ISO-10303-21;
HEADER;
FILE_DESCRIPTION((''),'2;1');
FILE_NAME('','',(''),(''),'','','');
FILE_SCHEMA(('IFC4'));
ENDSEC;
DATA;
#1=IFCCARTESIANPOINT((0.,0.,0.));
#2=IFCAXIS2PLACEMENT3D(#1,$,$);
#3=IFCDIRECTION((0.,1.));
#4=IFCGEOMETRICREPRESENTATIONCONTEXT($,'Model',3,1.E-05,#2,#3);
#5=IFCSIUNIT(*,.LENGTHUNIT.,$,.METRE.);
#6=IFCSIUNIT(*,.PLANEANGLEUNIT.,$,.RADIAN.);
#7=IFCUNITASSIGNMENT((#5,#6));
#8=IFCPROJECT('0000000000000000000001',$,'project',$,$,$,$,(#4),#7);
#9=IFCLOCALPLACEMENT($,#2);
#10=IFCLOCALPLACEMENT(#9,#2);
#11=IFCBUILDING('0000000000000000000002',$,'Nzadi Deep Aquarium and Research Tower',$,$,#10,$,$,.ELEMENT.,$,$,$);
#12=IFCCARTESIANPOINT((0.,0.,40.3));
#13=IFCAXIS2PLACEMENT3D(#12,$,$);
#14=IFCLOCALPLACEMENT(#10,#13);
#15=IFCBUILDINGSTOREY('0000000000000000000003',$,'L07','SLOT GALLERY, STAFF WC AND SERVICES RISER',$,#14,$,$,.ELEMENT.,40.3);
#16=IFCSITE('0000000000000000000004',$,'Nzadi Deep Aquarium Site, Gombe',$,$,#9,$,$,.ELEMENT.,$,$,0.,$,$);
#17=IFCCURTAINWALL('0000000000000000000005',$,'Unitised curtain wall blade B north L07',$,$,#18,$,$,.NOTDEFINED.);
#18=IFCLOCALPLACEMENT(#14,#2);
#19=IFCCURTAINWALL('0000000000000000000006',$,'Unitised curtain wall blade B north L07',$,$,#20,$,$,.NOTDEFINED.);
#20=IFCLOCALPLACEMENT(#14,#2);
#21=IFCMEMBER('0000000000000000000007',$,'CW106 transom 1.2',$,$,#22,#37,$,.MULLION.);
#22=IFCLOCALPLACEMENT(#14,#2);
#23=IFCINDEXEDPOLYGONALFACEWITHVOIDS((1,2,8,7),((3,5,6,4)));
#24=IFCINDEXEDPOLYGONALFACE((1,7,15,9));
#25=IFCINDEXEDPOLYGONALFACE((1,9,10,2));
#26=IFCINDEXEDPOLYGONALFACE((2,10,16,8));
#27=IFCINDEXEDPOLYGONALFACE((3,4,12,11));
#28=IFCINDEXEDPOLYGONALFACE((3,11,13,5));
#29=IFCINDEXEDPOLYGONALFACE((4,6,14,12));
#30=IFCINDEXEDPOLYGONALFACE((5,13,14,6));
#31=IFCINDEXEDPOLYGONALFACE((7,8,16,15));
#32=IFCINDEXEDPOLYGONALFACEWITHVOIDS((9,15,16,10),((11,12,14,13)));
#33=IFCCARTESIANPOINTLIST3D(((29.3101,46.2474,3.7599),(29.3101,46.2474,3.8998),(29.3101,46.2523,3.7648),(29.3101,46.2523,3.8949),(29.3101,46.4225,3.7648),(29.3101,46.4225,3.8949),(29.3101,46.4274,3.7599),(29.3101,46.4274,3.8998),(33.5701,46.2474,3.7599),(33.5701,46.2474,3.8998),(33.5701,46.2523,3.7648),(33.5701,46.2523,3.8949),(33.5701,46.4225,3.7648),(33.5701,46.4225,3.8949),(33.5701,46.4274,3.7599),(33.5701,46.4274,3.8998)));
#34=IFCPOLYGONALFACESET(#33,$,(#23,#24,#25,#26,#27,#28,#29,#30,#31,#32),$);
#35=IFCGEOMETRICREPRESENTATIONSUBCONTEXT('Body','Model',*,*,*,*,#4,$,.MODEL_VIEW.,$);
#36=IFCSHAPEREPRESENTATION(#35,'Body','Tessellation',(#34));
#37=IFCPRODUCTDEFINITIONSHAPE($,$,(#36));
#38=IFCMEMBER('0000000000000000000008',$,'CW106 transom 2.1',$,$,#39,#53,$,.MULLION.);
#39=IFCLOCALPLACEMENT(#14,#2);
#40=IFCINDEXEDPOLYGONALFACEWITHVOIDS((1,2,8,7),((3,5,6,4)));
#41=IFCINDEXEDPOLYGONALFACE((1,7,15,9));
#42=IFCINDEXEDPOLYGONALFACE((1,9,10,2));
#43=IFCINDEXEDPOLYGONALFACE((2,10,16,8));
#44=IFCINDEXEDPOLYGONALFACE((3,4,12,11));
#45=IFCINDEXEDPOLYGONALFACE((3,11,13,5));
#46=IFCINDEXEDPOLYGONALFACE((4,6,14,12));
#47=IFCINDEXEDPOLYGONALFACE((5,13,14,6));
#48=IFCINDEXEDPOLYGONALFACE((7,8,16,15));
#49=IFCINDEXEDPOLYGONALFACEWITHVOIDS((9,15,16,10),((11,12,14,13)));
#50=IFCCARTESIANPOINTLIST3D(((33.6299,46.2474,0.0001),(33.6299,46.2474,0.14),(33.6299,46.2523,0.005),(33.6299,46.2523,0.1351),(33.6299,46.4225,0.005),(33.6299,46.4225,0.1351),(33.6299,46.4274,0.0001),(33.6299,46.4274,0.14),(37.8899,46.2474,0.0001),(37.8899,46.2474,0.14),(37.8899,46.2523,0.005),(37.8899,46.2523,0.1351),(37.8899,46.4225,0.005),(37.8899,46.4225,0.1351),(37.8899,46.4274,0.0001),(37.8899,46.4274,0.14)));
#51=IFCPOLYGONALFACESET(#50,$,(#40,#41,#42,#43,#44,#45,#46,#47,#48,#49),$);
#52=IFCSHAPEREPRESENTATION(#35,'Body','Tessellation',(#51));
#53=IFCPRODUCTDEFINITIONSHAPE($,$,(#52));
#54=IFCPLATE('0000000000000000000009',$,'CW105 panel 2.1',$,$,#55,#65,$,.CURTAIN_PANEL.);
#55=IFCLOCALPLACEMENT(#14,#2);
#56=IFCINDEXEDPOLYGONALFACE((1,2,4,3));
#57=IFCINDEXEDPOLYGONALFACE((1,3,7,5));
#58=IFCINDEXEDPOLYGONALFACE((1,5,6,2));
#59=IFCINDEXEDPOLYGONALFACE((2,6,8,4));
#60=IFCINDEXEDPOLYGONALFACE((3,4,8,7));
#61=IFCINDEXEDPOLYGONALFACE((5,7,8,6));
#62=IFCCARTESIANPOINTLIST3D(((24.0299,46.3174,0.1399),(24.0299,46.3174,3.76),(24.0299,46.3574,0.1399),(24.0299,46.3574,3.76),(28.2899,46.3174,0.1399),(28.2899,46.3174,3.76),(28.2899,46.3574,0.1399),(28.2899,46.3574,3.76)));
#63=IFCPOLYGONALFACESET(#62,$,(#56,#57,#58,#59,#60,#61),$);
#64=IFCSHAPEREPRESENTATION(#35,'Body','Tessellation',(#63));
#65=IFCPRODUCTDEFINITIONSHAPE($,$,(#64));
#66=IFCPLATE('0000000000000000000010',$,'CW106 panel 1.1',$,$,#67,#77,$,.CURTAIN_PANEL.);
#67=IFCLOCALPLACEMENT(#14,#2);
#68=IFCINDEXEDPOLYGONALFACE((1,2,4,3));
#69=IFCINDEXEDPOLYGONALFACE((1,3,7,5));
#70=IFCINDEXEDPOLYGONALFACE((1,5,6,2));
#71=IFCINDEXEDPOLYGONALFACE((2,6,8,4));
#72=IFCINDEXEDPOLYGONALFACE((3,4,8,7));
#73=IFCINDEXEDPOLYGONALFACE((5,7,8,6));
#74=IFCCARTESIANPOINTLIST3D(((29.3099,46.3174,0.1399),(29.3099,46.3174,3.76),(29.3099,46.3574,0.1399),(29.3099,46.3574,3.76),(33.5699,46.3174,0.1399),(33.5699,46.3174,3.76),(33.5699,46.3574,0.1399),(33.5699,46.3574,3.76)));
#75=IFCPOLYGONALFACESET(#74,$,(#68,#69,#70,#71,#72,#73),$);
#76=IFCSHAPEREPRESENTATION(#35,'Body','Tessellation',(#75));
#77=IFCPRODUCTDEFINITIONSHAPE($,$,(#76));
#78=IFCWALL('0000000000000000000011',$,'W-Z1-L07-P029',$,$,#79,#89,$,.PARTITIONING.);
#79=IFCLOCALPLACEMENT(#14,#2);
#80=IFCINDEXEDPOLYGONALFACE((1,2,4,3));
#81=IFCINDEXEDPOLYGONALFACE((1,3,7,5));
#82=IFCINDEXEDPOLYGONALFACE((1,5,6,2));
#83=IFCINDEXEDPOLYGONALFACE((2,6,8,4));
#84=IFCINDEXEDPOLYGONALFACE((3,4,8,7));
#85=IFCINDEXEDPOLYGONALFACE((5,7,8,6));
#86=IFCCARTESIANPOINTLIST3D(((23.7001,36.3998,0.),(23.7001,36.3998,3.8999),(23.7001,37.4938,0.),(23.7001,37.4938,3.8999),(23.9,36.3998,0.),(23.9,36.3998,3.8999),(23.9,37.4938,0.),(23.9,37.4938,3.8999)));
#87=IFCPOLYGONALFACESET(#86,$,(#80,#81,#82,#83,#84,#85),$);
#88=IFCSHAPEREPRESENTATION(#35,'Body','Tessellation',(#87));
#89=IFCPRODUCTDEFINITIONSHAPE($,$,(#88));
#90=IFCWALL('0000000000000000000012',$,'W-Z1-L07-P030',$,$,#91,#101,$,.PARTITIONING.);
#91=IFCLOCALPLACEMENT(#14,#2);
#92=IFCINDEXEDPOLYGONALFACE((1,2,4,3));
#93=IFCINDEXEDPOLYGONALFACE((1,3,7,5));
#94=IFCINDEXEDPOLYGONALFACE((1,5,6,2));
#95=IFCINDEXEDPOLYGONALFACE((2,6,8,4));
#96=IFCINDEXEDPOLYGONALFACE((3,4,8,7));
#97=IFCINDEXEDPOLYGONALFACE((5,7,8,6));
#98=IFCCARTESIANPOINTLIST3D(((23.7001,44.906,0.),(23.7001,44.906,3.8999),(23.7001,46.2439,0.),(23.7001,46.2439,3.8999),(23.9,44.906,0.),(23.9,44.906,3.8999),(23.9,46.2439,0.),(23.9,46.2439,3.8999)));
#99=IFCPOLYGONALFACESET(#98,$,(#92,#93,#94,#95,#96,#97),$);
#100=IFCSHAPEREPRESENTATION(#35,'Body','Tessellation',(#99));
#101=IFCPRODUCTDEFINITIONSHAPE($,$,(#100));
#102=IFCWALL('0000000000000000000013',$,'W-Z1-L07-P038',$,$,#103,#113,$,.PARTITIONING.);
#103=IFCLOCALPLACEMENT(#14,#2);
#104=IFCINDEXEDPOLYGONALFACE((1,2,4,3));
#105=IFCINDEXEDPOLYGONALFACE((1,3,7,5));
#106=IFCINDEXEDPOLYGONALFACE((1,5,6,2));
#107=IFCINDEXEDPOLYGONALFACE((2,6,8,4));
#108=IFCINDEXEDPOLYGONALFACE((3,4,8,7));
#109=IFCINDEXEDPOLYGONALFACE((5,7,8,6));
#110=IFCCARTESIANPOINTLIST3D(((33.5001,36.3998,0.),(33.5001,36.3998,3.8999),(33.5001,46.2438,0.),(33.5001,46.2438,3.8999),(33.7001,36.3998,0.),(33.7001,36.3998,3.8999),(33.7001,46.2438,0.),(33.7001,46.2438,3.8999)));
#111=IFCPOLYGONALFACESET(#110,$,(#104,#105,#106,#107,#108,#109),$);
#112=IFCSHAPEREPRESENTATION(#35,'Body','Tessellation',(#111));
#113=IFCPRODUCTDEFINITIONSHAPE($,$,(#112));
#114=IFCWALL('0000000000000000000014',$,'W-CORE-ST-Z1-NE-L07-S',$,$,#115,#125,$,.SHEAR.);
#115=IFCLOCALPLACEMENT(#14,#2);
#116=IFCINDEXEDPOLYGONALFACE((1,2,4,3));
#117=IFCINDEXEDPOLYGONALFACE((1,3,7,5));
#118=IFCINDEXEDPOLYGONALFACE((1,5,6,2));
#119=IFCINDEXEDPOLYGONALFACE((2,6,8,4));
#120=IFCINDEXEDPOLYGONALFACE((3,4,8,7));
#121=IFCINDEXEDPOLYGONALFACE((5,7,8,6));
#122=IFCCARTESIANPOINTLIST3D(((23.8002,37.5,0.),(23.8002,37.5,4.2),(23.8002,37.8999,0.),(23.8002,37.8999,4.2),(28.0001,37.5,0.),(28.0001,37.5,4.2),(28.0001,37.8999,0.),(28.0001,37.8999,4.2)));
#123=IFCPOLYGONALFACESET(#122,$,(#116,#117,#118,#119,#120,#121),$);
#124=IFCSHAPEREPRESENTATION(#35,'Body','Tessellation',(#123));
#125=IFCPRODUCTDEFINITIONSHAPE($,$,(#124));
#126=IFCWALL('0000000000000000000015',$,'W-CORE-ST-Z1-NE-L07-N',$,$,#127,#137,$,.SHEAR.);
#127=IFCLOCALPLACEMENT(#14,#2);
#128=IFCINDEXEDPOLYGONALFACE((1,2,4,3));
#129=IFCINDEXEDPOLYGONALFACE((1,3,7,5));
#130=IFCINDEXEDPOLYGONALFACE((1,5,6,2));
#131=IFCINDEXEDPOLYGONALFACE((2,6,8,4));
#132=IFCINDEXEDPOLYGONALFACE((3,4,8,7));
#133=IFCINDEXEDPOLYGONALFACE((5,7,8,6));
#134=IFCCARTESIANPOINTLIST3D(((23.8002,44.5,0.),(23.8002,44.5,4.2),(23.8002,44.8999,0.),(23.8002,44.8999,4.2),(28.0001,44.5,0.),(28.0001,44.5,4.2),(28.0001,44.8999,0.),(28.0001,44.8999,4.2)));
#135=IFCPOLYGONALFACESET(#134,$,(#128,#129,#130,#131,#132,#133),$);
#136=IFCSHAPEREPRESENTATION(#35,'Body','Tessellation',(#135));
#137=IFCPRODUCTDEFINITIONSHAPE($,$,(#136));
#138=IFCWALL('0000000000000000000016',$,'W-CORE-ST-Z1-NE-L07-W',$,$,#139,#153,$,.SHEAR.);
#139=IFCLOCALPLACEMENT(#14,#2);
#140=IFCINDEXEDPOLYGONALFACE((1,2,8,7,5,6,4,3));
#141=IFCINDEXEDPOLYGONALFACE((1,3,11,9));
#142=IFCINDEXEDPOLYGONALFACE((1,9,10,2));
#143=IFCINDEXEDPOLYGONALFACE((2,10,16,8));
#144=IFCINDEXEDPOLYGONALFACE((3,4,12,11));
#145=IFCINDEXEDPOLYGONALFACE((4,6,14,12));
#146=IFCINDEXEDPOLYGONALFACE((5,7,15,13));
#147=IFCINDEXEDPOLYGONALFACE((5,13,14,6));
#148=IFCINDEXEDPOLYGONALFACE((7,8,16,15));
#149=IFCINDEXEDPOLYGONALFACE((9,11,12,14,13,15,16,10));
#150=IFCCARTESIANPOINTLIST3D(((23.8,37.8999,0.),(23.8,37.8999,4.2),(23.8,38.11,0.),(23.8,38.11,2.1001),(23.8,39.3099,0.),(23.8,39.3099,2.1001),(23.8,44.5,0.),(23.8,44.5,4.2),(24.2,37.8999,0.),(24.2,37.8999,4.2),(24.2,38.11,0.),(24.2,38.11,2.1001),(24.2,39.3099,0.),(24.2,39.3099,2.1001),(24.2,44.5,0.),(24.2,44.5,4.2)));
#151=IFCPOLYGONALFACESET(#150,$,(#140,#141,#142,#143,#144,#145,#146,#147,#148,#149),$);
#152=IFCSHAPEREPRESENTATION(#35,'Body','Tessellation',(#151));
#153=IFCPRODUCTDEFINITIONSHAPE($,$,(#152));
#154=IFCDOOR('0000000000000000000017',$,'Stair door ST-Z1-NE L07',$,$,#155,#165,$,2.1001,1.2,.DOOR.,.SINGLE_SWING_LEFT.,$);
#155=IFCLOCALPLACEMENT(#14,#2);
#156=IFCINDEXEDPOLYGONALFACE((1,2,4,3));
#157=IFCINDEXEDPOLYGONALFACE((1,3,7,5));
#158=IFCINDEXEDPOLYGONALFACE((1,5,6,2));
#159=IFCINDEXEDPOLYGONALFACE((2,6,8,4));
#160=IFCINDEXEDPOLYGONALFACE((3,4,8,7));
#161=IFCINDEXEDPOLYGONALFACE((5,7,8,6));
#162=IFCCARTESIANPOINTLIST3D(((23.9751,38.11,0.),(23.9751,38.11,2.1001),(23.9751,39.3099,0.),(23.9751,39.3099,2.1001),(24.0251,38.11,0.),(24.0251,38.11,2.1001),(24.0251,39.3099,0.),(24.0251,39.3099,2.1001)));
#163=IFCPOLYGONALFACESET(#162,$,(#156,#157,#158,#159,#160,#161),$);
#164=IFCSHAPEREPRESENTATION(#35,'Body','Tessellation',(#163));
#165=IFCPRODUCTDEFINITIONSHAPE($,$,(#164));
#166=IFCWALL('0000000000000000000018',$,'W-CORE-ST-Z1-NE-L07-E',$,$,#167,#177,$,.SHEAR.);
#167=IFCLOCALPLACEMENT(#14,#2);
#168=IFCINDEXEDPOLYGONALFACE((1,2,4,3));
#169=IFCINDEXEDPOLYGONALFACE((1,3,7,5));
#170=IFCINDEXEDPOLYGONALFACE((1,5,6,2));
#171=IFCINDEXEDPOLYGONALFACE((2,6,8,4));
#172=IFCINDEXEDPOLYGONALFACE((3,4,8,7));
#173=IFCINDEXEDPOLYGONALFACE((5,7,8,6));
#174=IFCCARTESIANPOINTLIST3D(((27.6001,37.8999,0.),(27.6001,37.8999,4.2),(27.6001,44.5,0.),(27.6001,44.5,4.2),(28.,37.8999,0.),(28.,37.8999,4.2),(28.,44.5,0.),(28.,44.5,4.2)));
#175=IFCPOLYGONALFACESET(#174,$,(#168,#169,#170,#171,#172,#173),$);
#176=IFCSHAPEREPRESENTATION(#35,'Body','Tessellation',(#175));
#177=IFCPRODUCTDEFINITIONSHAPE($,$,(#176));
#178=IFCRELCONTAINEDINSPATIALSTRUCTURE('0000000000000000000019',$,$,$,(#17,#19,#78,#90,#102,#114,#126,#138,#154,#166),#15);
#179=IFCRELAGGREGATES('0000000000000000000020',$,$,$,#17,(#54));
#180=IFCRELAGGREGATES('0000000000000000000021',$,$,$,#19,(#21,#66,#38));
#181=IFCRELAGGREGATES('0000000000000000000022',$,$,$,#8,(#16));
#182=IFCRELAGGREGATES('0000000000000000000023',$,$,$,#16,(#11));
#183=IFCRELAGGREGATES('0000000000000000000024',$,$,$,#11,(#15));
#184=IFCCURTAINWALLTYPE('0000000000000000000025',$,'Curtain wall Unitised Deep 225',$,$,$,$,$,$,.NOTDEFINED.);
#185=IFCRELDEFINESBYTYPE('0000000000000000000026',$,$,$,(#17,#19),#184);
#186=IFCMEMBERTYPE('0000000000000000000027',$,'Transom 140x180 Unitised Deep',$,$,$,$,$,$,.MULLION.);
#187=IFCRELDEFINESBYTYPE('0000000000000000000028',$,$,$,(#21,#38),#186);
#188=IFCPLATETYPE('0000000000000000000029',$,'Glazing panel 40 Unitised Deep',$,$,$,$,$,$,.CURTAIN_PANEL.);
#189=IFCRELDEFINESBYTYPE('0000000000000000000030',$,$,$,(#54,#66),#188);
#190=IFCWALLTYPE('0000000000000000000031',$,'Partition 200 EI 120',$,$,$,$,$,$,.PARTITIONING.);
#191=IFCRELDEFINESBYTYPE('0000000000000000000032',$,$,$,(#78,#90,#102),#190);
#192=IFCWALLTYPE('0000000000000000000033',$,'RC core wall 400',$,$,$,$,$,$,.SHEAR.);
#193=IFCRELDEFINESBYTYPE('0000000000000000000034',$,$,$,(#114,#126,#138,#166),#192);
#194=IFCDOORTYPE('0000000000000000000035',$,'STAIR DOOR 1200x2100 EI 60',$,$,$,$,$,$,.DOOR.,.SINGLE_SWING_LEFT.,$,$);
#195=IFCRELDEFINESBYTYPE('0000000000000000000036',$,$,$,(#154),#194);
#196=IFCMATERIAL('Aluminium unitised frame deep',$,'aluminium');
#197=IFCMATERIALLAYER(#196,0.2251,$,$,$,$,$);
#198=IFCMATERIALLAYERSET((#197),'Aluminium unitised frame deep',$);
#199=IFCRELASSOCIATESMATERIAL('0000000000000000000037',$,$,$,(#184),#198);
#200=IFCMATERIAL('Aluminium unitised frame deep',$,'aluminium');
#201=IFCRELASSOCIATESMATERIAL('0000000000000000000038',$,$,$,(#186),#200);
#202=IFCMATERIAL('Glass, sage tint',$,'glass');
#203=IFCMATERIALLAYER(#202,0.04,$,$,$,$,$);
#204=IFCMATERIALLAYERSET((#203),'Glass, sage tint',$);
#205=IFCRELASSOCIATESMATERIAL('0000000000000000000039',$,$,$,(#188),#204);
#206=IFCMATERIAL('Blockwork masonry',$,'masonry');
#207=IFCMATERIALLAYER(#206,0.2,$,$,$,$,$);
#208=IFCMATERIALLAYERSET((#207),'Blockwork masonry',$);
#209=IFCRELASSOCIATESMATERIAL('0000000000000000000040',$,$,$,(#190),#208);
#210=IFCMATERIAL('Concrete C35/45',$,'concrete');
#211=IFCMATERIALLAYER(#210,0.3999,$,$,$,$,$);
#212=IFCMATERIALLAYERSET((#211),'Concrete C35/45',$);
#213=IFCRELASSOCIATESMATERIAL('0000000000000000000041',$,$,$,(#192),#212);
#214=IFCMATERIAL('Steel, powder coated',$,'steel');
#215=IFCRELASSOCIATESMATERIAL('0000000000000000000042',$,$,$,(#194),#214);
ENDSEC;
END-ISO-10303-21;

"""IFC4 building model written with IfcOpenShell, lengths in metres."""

from ifc_helpers import new_model, si_unit, direction, frame, frame_2d, origin, origin_2d, place, context, subcontext, project, spatial, rectangle, hollow_rectangle, extrude, material, layer, layer_set, material_profile, profile_set, type_object, element, fill, aggregate, save


model = new_model("IFC4")

# Units and contexts
model_context = context("Model", 3, precision=1e-05, world=origin(), true_north=direction((0.0, 1.0)))
body_context = subcontext(model_context, "Body", "Model", "MODEL_VIEW")
ifc_project = project(units=[si_unit("LENGTHUNIT", "METRE"), si_unit("PLANEANGLEUNIT", "RADIAN")], contexts=[model_context])

# Site, building, storey
site_placement = place(None, origin())
site = spatial("IfcSite", under=ifc_project, at=site_placement, Name="Nzadi Deep Aquarium Site, Gombe", CompositionType="ELEMENT", RefElevation=0.0)
building_placement = place(site_placement, origin())
building = spatial("IfcBuilding", under=site, at=building_placement, Name="Nzadi Deep Aquarium and Research Tower", CompositionType="ELEMENT")
storey_placement = place(building_placement, frame((0.0, 0.0, 40.3)))
storey = spatial("IfcBuildingStorey", under=building, at=storey_placement, Name="L07", Description="SLOT GALLERY, STAFF WC AND SERVICES RISER", CompositionType="ELEMENT", Elevation=40.3)

# Curtain walls
ifc_material_1 = material(Name="Aluminium unitised frame deep", Category="aluminium")
ifc_layer_1 = layer(ifc_material_1, 0.2251)
ifc_layer_set_1 = layer_set([ifc_layer_1], Name="Aluminium unitised frame deep")
curtain_wall_type = type_object("IfcCurtainWallType", Name="Curtain wall Unitised Deep 225", PredefinedType="NOTDEFINED", material=ifc_layer_set_1)
curtain_wall_1_placement = place(storey_placement, origin())
curtain_wall_1 = element("IfcCurtainWall", 1, at=curtain_wall_1_placement, inside=storey, type_object=curtain_wall_type, Name="Unitised curtain wall blade B north L07", PredefinedType="NOTDEFINED")
curtain_wall_2_placement = place(storey_placement, origin())
curtain_wall_2 = element("IfcCurtainWall", 2, at=curtain_wall_2_placement, inside=storey, type_object=curtain_wall_type, Name="Unitised curtain wall blade B north L07", PredefinedType="NOTDEFINED")

# Members
ifc_material_2 = material(Name="Aluminium unitised frame deep", Category="aluminium")
ifc_material_profile_1 = material_profile(ifc_material_2, hollow_rectangle(XDim=0.1799, YDim=0.1399, WallThickness=0.0049, at=origin_2d()))
ifc_profile_set_1 = profile_set([ifc_material_profile_1], Name="Aluminium unitised frame deep")
member_type_1 = type_object("IfcMemberType", Name="Transom 140x180 Unitised Deep", PredefinedType="MULLION", material=ifc_profile_set_1)
member_1_placement = place(storey_placement, frame((29.3101, 46.3374, 3.8298), z_axis=(1.0, 0.0, 0.0), x_axis=(0.0, 1.0, 0.0)))
member_1 = element("IfcMember", 3, at=member_1_placement, type_object=member_type_1, Name="CW106 transom 1.2", PredefinedType="MULLION", context=body_context, shape_type="SweptSolid", body=[
    extrude(hollow_rectangle(XDim=0.1799, YDim=0.1399, WallThickness=0.0049, at=origin_2d()), origin(), (0.0, 0.0, 1.0), 4.26),
])
member_2_placement = place(storey_placement, frame((33.6299, 46.3374, 0.0701), z_axis=(1.0, 0.0, 0.0), x_axis=(0.0, 1.0, 0.0)))
member_2 = element("IfcMember", 4, at=member_2_placement, type_object=member_type_1, Name="CW106 transom 2.1", PredefinedType="MULLION", context=body_context, shape_type="SweptSolid", body=[
    extrude(hollow_rectangle(XDim=0.1799, YDim=0.1399, WallThickness=0.0049, at=origin_2d()), origin(), (0.0, 0.0, 1.0), 4.26),
])

# Plates
ifc_material_3 = material(Name="Glass, sage tint", Category="glass")
ifc_layer_2 = layer(ifc_material_3, 0.04)
ifc_layer_set_2 = layer_set([ifc_layer_2], Name="Glass, sage tint")
plate_type = type_object("IfcPlateType", Name="Glazing panel 40 Unitised Deep", PredefinedType="CURTAIN_PANEL", material=ifc_layer_set_2)
plate_1_placement = place(storey_placement, frame((26.1599, 46.3374, 0.1399), z_axis=(0.0, 0.0, 1.0), x_axis=(1.0, 0.0, 0.0)))
plate_1 = element("IfcPlate", 5, at=plate_1_placement, type_object=plate_type, Name="CW105 panel 2.1", PredefinedType="CURTAIN_PANEL", context=body_context, shape_type="SweptSolid", body=[
    extrude(rectangle(XDim=4.26, YDim=0.04, at=origin_2d()), origin(), (0.0, 0.0, 1.0), 3.6201),
])
aggregate(curtain_wall_1, [plate_1])
plate_2_placement = place(storey_placement, frame((31.4399, 46.3374, 0.1399), z_axis=(0.0, 0.0, 1.0), x_axis=(1.0, 0.0, 0.0)))
plate_2 = element("IfcPlate", 6, at=plate_2_placement, type_object=plate_type, Name="CW106 panel 1.1", PredefinedType="CURTAIN_PANEL", context=body_context, shape_type="SweptSolid", body=[
    extrude(rectangle(XDim=4.26, YDim=0.04, at=origin_2d()), origin(), (0.0, 0.0, 1.0), 3.6201),
])
aggregate(curtain_wall_2, [member_1, plate_2, member_2])

# Walls
ifc_material_4 = material(Name="Blockwork masonry", Category="masonry")
ifc_layer_3 = layer(ifc_material_4, 0.2)
ifc_layer_set_3 = layer_set([ifc_layer_3], Name="Blockwork masonry")
wall_type_1 = type_object("IfcWallType", Name="Partition 200 EI 120", PredefinedType="PARTITIONING", material=ifc_layer_set_3)
wall_1_placement = place(storey_placement, frame((23.8, 36.3999, 0.0), z_axis=(0.0, 0.0, 1.0), x_axis=(0.0, 1.0, 0.0)))
element("IfcWall", 7, at=wall_1_placement, inside=storey, type_object=wall_type_1, Name="W-Z1-L07-P029", PredefinedType="PARTITIONING", context=body_context, shape_type="SweptSolid", body=[
    extrude(rectangle(XDim=1.094, YDim=0.2, at=frame_2d((0.5469, 0.0))), origin(), (0.0, 0.0, 1.0), 3.8999),
])
wall_2_placement = place(storey_placement, frame((23.8, 44.906, 0.0), z_axis=(0.0, 0.0, 1.0), x_axis=(0.0, 1.0, 0.0)))
element("IfcWall", 8, at=wall_2_placement, inside=storey, type_object=wall_type_1, Name="W-Z1-L07-P030", PredefinedType="PARTITIONING", context=body_context, shape_type="SweptSolid", body=[
    extrude(rectangle(XDim=1.3379, YDim=0.2, at=frame_2d((0.6689, 0.0))), origin(), (0.0, 0.0, 1.0), 3.8999),
])
wall_3_placement = place(storey_placement, frame((33.6001, 36.3999, 0.0), z_axis=(0.0, 0.0, 1.0), x_axis=(0.0, 1.0, 0.0)))
element("IfcWall", 9, at=wall_3_placement, inside=storey, type_object=wall_type_1, Name="W-Z1-L07-P038", PredefinedType="PARTITIONING", context=body_context, shape_type="SweptSolid", body=[
    extrude(rectangle(XDim=9.844, YDim=0.2, at=frame_2d((4.9219, 0.0))), origin(), (0.0, 0.0, 1.0), 3.8999),
])
ifc_material_5 = material(Name="Concrete C35/45", Category="concrete")
ifc_layer_4 = layer(ifc_material_5, 0.3999)
ifc_layer_set_4 = layer_set([ifc_layer_4], Name="Concrete C35/45")
wall_type_2 = type_object("IfcWallType", Name="RC core wall 400", PredefinedType="SHEAR", material=ifc_layer_set_4)
for number, where, z_axis, x_axis, name in (
    (10, (23.8, 37.7, 0.0), (0.0, 0.0, 1.0), (1.0, 0.0, 0.0), "W-CORE-ST-Z1-NE-L07-S"),
    (11, (23.8, 44.7, 0.0), (0.0, 0.0, 1.0), (1.0, 0.0, 0.0), "W-CORE-ST-Z1-NE-L07-N"),
):
    element("IfcWall", number, at=place(storey_placement, frame(where, z_axis=z_axis, x_axis=x_axis)), inside=storey, type_object=wall_type_2, Name=name, PredefinedType="SHEAR", context=body_context, shape_type="SweptSolid", body=[
        extrude(rectangle(XDim=4.2, YDim=0.3999, at=frame_2d((2.1001, 0.0))), origin(), (0.0, 0.0, 1.0), 4.2),
    ])

# Wall, opening, door
wall_4_placement = place(storey_placement, frame((24.0, 37.8999, 0.0), z_axis=(0.0, 0.0, 1.0), x_axis=(0.0, 1.0, 0.0)))
wall_4 = element("IfcWall", 12, at=wall_4_placement, inside=storey, type_object=wall_type_2, Name="W-CORE-ST-Z1-NE-L07-W", PredefinedType="SHEAR", context=body_context, shape_type="SweptSolid", body=[
    extrude(rectangle(XDim=6.6001, YDim=0.3999, at=frame_2d((3.3, 0.0))), origin(), (0.0, 0.0, 1.0), 4.2),
])
opening_placement = place(wall_4_placement, frame((0.21, 0.0, 0.0)))
opening = element("IfcOpeningElement", 13, at=opening_placement, cuts=wall_4, PredefinedType="OPENING", context=body_context, shape_type="SweptSolid", body=[
    extrude(rectangle(XDim=1.2, YDim=2.1001, at=frame_2d((0.6001, 1.05))), frame((0.0, 0.21, 0.0), z_axis=(0.0, -1.0, 0.0), x_axis=(1.0, 0.0, 0.0)), (0.0, 0.0, 1.0), 0.4199),
])
ifc_material_6 = material(Name="Steel, powder coated", Category="steel")
door_type = type_object("IfcDoorType", Name="STAIR DOOR 1200x2100 EI 60", OperationType="SINGLE_SWING_LEFT", PredefinedType="DOOR", material=ifc_material_6)
door_placement = place(opening_placement, origin())
door = element("IfcDoor", 14, at=door_placement, inside=storey, type_object=door_type, Name="Stair door ST-Z1-NE L07", OperationType="SINGLE_SWING_LEFT", OverallHeight=2.1001, OverallWidth=1.2, PredefinedType="DOOR", context=body_context, shape_type="SweptSolid", body=[
    extrude(rectangle(XDim=1.2, YDim=2.1001, at=frame_2d((0.6001, 1.05))), frame((0.0, 0.0249, 0.0), z_axis=(0.0, -1.0, 0.0), x_axis=(1.0, 0.0, 0.0)), (0.0, 0.0, 1.0), 0.05),
])
fill(opening, door)

# Wall
wall_5_placement = place(storey_placement, frame((27.8, 37.8999, 0.0), z_axis=(0.0, 0.0, 1.0), x_axis=(0.0, 1.0, 0.0)))
element("IfcWall", 15, at=wall_5_placement, inside=storey, type_object=wall_type_2, Name="W-CORE-ST-Z1-NE-L07-E", PredefinedType="SHEAR", context=body_context, shape_type="SweptSolid", body=[
    extrude(rectangle(XDim=6.6001, YDim=0.3999, at=frame_2d((3.3, 0.0))), origin(), (0.0, 0.0, 1.0), 4.2),
])

save(model, "model.ifc")
